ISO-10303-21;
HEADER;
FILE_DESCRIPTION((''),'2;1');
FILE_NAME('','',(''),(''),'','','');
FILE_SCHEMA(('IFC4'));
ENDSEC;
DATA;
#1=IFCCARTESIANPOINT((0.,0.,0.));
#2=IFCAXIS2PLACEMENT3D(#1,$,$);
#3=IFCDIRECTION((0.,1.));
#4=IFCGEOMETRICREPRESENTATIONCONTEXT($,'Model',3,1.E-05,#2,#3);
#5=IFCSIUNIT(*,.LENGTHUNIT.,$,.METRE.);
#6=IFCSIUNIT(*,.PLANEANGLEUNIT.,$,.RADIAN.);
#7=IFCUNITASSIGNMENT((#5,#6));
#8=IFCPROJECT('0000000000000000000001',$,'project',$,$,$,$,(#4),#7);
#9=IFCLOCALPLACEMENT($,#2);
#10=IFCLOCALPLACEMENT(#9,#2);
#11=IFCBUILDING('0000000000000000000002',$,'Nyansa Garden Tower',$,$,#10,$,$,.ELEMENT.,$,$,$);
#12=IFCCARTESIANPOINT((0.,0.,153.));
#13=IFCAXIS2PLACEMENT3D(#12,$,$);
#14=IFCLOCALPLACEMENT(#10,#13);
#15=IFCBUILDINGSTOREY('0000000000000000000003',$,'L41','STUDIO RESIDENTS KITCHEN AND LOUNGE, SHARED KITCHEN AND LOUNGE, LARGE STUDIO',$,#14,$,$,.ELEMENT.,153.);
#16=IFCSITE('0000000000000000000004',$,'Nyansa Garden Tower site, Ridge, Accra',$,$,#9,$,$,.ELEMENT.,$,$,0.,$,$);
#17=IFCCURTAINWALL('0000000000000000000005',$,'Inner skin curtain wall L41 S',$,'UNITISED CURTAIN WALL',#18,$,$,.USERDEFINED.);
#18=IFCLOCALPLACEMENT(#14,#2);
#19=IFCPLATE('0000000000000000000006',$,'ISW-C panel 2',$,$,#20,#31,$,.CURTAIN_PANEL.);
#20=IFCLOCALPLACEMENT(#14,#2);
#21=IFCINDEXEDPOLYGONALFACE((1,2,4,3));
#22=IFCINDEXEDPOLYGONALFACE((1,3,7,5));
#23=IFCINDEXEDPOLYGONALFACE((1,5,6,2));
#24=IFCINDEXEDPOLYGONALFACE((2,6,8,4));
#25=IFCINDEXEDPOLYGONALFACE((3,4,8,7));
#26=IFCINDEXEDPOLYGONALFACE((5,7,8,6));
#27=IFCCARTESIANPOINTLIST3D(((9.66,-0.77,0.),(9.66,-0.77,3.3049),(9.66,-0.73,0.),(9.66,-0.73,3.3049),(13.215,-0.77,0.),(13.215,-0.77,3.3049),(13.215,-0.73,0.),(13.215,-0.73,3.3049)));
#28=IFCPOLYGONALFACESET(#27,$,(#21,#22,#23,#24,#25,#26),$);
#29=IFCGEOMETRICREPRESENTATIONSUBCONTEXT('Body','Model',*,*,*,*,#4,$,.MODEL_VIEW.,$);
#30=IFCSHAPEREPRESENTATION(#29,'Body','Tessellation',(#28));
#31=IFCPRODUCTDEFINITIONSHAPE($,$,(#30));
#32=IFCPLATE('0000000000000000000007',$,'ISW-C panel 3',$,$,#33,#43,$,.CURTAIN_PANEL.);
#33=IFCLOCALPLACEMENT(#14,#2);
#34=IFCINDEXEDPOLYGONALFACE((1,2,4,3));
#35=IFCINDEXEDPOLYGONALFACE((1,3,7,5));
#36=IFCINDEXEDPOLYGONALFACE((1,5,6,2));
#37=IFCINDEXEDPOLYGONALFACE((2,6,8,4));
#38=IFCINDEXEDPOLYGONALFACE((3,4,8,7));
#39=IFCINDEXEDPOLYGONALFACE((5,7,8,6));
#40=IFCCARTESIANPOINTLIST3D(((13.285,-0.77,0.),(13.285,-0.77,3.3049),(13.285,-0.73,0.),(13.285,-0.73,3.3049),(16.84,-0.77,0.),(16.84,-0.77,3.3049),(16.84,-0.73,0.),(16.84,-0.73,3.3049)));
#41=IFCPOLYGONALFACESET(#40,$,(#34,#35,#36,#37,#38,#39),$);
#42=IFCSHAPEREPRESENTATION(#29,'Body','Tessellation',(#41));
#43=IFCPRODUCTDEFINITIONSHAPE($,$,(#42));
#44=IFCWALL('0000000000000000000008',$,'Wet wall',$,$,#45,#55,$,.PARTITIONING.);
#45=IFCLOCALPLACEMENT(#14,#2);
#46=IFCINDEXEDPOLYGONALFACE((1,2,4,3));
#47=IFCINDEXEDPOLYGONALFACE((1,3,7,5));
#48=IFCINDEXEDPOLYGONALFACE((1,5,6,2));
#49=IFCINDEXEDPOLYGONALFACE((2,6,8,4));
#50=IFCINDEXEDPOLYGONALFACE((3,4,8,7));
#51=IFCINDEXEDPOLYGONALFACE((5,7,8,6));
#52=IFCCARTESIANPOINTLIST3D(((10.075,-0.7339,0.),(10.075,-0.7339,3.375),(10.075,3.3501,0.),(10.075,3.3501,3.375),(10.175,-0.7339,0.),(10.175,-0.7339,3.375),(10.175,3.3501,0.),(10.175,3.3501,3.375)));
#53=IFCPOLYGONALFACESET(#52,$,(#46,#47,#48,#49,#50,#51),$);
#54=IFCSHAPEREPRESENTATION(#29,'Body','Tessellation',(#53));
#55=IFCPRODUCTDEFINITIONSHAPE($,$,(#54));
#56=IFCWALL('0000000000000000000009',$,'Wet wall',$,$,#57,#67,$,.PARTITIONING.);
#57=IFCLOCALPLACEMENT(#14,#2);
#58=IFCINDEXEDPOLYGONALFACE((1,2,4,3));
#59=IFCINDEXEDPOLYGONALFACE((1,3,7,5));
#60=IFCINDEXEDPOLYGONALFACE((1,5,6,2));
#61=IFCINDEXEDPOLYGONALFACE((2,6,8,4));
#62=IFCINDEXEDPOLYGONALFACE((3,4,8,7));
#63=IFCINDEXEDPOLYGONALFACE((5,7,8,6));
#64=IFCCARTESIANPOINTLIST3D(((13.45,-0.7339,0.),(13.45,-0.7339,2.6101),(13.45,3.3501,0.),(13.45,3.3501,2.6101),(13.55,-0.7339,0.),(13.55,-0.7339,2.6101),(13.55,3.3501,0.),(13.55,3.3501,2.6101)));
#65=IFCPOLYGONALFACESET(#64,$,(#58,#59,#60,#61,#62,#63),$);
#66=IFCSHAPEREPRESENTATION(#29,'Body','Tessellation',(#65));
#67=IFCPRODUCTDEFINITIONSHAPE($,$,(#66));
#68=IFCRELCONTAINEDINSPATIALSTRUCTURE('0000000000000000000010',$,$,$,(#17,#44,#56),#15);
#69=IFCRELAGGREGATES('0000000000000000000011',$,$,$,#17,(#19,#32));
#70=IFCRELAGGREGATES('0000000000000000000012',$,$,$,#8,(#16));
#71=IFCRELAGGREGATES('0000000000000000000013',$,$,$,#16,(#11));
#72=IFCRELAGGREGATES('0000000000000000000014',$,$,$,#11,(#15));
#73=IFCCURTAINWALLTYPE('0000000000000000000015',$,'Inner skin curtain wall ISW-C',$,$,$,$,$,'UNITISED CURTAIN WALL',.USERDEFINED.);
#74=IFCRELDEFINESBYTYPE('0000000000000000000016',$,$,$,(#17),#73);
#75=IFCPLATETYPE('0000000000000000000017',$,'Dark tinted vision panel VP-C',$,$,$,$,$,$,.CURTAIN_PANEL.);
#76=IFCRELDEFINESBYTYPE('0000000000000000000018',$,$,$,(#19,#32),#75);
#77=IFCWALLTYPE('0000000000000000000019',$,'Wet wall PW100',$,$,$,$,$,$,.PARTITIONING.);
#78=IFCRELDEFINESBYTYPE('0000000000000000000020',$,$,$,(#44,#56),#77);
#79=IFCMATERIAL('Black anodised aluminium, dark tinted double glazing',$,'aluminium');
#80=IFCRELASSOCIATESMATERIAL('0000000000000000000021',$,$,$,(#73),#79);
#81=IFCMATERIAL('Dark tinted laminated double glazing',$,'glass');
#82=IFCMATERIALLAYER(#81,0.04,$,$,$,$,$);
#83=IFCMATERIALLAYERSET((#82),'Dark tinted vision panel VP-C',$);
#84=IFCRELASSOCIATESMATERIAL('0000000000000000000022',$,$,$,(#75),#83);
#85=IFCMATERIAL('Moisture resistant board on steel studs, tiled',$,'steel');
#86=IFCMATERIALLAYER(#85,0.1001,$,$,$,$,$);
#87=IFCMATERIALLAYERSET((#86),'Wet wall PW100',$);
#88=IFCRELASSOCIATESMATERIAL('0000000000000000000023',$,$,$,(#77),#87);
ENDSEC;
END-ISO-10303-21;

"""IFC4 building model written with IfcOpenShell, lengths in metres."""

from ifc_helpers import new_model, si_unit, direction, frame, frame_2d, origin, origin_2d, place, context, subcontext, project, spatial, rectangle, extrude, material, layer, layer_set, type_object, element, aggregate, save


model = new_model("IFC4")

# Units and contexts
model_context = context("Model", 3, precision=1e-05, world=origin(), true_north=direction((0.0, 1.0)))
body_context = subcontext(model_context, "Body", "Model", "MODEL_VIEW")
ifc_project = project(units=[si_unit("LENGTHUNIT", "METRE"), si_unit("PLANEANGLEUNIT", "RADIAN")], contexts=[model_context])

# Site, building, storey
site_placement = place(None, origin())
site = spatial("IfcSite", under=ifc_project, at=site_placement, Name="Nyansa Garden Tower site, Ridge, Accra", CompositionType="ELEMENT", RefElevation=0.0)
building_placement = place(site_placement, origin())
building = spatial("IfcBuilding", under=site, at=building_placement, Name="Nyansa Garden Tower", CompositionType="ELEMENT")
storey_placement = place(building_placement, frame((0.0, 0.0, 153.0)))
storey = spatial("IfcBuildingStorey", under=building, at=storey_placement, Name="L41", Description="STUDIO RESIDENTS KITCHEN AND LOUNGE, SHARED KITCHEN AND LOUNGE, LARGE STUDIO", CompositionType="ELEMENT", Elevation=153.0)

# Curtain wall
ifc_material_1 = material(Name="Black anodised aluminium, dark tinted double glazing", Category="aluminium")
curtain_wall_type = type_object("IfcCurtainWallType", Name="Inner skin curtain wall ISW-C", ElementType="UNITISED CURTAIN WALL", PredefinedType="USERDEFINED", material=ifc_material_1)
curtain_wall_placement = place(storey_placement, origin())
curtain_wall = element("IfcCurtainWall", 1, at=curtain_wall_placement, inside=storey, type_object=curtain_wall_type, Name="Inner skin curtain wall L41 S", ObjectType="UNITISED CURTAIN WALL", PredefinedType="USERDEFINED")

# Plates
ifc_material_2 = material(Name="Dark tinted laminated double glazing", Category="glass")
ifc_layer_1 = layer(ifc_material_2, 0.04)
ifc_layer_set_1 = layer_set([ifc_layer_1], Name="Dark tinted vision panel VP-C")
plate_type = type_object("IfcPlateType", Name="Dark tinted vision panel VP-C", PredefinedType="CURTAIN_PANEL", material=ifc_layer_set_1)
plate_1_placement = place(storey_placement, frame((11.4375, -0.75, 0.0), z_axis=(0.0, 0.0, 1.0), x_axis=(1.0, 0.0, 0.0)))
plate_1 = element("IfcPlate", 2, at=plate_1_placement, type_object=plate_type, Name="ISW-C panel 2", PredefinedType="CURTAIN_PANEL", context=body_context, shape_type="SweptSolid", body=[
    extrude(rectangle(XDim=3.5549, YDim=0.04, at=origin_2d()), origin(), (0.0, 0.0, 1.0), 3.3049),
])
plate_2_placement = place(storey_placement, frame((15.0625, -0.75, 0.0), z_axis=(0.0, 0.0, 1.0), x_axis=(1.0, 0.0, 0.0)))
plate_2 = element("IfcPlate", 3, at=plate_2_placement, type_object=plate_type, Name="ISW-C panel 3", PredefinedType="CURTAIN_PANEL", context=body_context, shape_type="SweptSolid", body=[
    extrude(rectangle(XDim=3.5549, YDim=0.04, at=origin_2d()), origin(), (0.0, 0.0, 1.0), 3.3049),
])
aggregate(curtain_wall, [plate_1, plate_2])

# Walls
ifc_material_3 = material(Name="Moisture resistant board on steel studs, tiled", Category="steel")
ifc_layer_2 = layer(ifc_material_3, 0.1001)
ifc_layer_set_2 = layer_set([ifc_layer_2], Name="Wet wall PW100")
wall_type = type_object("IfcWallType", Name="Wet wall PW100", PredefinedType="PARTITIONING", material=ifc_layer_set_2)
wall_1_placement = place(storey_placement, frame((10.125, -0.7339, 0.0), z_axis=(0.0, 0.0, 1.0), x_axis=(0.0, 1.0, 0.0)))
element("IfcWall", 4, at=wall_1_placement, inside=storey, type_object=wall_type, Name="Wet wall", PredefinedType="PARTITIONING", context=body_context, shape_type="SweptSolid", body=[
    extrude(rectangle(XDim=4.084, YDim=0.1001, at=frame_2d((2.042, 0.0))), origin(), (0.0, 0.0, 1.0), 3.375),
])
wall_2_placement = place(storey_placement, frame((13.5, -0.7339, 0.0), z_axis=(0.0, 0.0, 1.0), x_axis=(0.0, 1.0, 0.0)))
element("IfcWall", 5, at=wall_2_placement, inside=storey, type_object=wall_type, Name="Wet wall", PredefinedType="PARTITIONING", context=body_context, shape_type="SweptSolid", body=[
    extrude(rectangle(XDim=4.084, YDim=0.1001, at=frame_2d((2.042, 0.0))), origin(), (0.0, 0.0, 1.0), 2.6101),
])

save(model, "model.ifc")
